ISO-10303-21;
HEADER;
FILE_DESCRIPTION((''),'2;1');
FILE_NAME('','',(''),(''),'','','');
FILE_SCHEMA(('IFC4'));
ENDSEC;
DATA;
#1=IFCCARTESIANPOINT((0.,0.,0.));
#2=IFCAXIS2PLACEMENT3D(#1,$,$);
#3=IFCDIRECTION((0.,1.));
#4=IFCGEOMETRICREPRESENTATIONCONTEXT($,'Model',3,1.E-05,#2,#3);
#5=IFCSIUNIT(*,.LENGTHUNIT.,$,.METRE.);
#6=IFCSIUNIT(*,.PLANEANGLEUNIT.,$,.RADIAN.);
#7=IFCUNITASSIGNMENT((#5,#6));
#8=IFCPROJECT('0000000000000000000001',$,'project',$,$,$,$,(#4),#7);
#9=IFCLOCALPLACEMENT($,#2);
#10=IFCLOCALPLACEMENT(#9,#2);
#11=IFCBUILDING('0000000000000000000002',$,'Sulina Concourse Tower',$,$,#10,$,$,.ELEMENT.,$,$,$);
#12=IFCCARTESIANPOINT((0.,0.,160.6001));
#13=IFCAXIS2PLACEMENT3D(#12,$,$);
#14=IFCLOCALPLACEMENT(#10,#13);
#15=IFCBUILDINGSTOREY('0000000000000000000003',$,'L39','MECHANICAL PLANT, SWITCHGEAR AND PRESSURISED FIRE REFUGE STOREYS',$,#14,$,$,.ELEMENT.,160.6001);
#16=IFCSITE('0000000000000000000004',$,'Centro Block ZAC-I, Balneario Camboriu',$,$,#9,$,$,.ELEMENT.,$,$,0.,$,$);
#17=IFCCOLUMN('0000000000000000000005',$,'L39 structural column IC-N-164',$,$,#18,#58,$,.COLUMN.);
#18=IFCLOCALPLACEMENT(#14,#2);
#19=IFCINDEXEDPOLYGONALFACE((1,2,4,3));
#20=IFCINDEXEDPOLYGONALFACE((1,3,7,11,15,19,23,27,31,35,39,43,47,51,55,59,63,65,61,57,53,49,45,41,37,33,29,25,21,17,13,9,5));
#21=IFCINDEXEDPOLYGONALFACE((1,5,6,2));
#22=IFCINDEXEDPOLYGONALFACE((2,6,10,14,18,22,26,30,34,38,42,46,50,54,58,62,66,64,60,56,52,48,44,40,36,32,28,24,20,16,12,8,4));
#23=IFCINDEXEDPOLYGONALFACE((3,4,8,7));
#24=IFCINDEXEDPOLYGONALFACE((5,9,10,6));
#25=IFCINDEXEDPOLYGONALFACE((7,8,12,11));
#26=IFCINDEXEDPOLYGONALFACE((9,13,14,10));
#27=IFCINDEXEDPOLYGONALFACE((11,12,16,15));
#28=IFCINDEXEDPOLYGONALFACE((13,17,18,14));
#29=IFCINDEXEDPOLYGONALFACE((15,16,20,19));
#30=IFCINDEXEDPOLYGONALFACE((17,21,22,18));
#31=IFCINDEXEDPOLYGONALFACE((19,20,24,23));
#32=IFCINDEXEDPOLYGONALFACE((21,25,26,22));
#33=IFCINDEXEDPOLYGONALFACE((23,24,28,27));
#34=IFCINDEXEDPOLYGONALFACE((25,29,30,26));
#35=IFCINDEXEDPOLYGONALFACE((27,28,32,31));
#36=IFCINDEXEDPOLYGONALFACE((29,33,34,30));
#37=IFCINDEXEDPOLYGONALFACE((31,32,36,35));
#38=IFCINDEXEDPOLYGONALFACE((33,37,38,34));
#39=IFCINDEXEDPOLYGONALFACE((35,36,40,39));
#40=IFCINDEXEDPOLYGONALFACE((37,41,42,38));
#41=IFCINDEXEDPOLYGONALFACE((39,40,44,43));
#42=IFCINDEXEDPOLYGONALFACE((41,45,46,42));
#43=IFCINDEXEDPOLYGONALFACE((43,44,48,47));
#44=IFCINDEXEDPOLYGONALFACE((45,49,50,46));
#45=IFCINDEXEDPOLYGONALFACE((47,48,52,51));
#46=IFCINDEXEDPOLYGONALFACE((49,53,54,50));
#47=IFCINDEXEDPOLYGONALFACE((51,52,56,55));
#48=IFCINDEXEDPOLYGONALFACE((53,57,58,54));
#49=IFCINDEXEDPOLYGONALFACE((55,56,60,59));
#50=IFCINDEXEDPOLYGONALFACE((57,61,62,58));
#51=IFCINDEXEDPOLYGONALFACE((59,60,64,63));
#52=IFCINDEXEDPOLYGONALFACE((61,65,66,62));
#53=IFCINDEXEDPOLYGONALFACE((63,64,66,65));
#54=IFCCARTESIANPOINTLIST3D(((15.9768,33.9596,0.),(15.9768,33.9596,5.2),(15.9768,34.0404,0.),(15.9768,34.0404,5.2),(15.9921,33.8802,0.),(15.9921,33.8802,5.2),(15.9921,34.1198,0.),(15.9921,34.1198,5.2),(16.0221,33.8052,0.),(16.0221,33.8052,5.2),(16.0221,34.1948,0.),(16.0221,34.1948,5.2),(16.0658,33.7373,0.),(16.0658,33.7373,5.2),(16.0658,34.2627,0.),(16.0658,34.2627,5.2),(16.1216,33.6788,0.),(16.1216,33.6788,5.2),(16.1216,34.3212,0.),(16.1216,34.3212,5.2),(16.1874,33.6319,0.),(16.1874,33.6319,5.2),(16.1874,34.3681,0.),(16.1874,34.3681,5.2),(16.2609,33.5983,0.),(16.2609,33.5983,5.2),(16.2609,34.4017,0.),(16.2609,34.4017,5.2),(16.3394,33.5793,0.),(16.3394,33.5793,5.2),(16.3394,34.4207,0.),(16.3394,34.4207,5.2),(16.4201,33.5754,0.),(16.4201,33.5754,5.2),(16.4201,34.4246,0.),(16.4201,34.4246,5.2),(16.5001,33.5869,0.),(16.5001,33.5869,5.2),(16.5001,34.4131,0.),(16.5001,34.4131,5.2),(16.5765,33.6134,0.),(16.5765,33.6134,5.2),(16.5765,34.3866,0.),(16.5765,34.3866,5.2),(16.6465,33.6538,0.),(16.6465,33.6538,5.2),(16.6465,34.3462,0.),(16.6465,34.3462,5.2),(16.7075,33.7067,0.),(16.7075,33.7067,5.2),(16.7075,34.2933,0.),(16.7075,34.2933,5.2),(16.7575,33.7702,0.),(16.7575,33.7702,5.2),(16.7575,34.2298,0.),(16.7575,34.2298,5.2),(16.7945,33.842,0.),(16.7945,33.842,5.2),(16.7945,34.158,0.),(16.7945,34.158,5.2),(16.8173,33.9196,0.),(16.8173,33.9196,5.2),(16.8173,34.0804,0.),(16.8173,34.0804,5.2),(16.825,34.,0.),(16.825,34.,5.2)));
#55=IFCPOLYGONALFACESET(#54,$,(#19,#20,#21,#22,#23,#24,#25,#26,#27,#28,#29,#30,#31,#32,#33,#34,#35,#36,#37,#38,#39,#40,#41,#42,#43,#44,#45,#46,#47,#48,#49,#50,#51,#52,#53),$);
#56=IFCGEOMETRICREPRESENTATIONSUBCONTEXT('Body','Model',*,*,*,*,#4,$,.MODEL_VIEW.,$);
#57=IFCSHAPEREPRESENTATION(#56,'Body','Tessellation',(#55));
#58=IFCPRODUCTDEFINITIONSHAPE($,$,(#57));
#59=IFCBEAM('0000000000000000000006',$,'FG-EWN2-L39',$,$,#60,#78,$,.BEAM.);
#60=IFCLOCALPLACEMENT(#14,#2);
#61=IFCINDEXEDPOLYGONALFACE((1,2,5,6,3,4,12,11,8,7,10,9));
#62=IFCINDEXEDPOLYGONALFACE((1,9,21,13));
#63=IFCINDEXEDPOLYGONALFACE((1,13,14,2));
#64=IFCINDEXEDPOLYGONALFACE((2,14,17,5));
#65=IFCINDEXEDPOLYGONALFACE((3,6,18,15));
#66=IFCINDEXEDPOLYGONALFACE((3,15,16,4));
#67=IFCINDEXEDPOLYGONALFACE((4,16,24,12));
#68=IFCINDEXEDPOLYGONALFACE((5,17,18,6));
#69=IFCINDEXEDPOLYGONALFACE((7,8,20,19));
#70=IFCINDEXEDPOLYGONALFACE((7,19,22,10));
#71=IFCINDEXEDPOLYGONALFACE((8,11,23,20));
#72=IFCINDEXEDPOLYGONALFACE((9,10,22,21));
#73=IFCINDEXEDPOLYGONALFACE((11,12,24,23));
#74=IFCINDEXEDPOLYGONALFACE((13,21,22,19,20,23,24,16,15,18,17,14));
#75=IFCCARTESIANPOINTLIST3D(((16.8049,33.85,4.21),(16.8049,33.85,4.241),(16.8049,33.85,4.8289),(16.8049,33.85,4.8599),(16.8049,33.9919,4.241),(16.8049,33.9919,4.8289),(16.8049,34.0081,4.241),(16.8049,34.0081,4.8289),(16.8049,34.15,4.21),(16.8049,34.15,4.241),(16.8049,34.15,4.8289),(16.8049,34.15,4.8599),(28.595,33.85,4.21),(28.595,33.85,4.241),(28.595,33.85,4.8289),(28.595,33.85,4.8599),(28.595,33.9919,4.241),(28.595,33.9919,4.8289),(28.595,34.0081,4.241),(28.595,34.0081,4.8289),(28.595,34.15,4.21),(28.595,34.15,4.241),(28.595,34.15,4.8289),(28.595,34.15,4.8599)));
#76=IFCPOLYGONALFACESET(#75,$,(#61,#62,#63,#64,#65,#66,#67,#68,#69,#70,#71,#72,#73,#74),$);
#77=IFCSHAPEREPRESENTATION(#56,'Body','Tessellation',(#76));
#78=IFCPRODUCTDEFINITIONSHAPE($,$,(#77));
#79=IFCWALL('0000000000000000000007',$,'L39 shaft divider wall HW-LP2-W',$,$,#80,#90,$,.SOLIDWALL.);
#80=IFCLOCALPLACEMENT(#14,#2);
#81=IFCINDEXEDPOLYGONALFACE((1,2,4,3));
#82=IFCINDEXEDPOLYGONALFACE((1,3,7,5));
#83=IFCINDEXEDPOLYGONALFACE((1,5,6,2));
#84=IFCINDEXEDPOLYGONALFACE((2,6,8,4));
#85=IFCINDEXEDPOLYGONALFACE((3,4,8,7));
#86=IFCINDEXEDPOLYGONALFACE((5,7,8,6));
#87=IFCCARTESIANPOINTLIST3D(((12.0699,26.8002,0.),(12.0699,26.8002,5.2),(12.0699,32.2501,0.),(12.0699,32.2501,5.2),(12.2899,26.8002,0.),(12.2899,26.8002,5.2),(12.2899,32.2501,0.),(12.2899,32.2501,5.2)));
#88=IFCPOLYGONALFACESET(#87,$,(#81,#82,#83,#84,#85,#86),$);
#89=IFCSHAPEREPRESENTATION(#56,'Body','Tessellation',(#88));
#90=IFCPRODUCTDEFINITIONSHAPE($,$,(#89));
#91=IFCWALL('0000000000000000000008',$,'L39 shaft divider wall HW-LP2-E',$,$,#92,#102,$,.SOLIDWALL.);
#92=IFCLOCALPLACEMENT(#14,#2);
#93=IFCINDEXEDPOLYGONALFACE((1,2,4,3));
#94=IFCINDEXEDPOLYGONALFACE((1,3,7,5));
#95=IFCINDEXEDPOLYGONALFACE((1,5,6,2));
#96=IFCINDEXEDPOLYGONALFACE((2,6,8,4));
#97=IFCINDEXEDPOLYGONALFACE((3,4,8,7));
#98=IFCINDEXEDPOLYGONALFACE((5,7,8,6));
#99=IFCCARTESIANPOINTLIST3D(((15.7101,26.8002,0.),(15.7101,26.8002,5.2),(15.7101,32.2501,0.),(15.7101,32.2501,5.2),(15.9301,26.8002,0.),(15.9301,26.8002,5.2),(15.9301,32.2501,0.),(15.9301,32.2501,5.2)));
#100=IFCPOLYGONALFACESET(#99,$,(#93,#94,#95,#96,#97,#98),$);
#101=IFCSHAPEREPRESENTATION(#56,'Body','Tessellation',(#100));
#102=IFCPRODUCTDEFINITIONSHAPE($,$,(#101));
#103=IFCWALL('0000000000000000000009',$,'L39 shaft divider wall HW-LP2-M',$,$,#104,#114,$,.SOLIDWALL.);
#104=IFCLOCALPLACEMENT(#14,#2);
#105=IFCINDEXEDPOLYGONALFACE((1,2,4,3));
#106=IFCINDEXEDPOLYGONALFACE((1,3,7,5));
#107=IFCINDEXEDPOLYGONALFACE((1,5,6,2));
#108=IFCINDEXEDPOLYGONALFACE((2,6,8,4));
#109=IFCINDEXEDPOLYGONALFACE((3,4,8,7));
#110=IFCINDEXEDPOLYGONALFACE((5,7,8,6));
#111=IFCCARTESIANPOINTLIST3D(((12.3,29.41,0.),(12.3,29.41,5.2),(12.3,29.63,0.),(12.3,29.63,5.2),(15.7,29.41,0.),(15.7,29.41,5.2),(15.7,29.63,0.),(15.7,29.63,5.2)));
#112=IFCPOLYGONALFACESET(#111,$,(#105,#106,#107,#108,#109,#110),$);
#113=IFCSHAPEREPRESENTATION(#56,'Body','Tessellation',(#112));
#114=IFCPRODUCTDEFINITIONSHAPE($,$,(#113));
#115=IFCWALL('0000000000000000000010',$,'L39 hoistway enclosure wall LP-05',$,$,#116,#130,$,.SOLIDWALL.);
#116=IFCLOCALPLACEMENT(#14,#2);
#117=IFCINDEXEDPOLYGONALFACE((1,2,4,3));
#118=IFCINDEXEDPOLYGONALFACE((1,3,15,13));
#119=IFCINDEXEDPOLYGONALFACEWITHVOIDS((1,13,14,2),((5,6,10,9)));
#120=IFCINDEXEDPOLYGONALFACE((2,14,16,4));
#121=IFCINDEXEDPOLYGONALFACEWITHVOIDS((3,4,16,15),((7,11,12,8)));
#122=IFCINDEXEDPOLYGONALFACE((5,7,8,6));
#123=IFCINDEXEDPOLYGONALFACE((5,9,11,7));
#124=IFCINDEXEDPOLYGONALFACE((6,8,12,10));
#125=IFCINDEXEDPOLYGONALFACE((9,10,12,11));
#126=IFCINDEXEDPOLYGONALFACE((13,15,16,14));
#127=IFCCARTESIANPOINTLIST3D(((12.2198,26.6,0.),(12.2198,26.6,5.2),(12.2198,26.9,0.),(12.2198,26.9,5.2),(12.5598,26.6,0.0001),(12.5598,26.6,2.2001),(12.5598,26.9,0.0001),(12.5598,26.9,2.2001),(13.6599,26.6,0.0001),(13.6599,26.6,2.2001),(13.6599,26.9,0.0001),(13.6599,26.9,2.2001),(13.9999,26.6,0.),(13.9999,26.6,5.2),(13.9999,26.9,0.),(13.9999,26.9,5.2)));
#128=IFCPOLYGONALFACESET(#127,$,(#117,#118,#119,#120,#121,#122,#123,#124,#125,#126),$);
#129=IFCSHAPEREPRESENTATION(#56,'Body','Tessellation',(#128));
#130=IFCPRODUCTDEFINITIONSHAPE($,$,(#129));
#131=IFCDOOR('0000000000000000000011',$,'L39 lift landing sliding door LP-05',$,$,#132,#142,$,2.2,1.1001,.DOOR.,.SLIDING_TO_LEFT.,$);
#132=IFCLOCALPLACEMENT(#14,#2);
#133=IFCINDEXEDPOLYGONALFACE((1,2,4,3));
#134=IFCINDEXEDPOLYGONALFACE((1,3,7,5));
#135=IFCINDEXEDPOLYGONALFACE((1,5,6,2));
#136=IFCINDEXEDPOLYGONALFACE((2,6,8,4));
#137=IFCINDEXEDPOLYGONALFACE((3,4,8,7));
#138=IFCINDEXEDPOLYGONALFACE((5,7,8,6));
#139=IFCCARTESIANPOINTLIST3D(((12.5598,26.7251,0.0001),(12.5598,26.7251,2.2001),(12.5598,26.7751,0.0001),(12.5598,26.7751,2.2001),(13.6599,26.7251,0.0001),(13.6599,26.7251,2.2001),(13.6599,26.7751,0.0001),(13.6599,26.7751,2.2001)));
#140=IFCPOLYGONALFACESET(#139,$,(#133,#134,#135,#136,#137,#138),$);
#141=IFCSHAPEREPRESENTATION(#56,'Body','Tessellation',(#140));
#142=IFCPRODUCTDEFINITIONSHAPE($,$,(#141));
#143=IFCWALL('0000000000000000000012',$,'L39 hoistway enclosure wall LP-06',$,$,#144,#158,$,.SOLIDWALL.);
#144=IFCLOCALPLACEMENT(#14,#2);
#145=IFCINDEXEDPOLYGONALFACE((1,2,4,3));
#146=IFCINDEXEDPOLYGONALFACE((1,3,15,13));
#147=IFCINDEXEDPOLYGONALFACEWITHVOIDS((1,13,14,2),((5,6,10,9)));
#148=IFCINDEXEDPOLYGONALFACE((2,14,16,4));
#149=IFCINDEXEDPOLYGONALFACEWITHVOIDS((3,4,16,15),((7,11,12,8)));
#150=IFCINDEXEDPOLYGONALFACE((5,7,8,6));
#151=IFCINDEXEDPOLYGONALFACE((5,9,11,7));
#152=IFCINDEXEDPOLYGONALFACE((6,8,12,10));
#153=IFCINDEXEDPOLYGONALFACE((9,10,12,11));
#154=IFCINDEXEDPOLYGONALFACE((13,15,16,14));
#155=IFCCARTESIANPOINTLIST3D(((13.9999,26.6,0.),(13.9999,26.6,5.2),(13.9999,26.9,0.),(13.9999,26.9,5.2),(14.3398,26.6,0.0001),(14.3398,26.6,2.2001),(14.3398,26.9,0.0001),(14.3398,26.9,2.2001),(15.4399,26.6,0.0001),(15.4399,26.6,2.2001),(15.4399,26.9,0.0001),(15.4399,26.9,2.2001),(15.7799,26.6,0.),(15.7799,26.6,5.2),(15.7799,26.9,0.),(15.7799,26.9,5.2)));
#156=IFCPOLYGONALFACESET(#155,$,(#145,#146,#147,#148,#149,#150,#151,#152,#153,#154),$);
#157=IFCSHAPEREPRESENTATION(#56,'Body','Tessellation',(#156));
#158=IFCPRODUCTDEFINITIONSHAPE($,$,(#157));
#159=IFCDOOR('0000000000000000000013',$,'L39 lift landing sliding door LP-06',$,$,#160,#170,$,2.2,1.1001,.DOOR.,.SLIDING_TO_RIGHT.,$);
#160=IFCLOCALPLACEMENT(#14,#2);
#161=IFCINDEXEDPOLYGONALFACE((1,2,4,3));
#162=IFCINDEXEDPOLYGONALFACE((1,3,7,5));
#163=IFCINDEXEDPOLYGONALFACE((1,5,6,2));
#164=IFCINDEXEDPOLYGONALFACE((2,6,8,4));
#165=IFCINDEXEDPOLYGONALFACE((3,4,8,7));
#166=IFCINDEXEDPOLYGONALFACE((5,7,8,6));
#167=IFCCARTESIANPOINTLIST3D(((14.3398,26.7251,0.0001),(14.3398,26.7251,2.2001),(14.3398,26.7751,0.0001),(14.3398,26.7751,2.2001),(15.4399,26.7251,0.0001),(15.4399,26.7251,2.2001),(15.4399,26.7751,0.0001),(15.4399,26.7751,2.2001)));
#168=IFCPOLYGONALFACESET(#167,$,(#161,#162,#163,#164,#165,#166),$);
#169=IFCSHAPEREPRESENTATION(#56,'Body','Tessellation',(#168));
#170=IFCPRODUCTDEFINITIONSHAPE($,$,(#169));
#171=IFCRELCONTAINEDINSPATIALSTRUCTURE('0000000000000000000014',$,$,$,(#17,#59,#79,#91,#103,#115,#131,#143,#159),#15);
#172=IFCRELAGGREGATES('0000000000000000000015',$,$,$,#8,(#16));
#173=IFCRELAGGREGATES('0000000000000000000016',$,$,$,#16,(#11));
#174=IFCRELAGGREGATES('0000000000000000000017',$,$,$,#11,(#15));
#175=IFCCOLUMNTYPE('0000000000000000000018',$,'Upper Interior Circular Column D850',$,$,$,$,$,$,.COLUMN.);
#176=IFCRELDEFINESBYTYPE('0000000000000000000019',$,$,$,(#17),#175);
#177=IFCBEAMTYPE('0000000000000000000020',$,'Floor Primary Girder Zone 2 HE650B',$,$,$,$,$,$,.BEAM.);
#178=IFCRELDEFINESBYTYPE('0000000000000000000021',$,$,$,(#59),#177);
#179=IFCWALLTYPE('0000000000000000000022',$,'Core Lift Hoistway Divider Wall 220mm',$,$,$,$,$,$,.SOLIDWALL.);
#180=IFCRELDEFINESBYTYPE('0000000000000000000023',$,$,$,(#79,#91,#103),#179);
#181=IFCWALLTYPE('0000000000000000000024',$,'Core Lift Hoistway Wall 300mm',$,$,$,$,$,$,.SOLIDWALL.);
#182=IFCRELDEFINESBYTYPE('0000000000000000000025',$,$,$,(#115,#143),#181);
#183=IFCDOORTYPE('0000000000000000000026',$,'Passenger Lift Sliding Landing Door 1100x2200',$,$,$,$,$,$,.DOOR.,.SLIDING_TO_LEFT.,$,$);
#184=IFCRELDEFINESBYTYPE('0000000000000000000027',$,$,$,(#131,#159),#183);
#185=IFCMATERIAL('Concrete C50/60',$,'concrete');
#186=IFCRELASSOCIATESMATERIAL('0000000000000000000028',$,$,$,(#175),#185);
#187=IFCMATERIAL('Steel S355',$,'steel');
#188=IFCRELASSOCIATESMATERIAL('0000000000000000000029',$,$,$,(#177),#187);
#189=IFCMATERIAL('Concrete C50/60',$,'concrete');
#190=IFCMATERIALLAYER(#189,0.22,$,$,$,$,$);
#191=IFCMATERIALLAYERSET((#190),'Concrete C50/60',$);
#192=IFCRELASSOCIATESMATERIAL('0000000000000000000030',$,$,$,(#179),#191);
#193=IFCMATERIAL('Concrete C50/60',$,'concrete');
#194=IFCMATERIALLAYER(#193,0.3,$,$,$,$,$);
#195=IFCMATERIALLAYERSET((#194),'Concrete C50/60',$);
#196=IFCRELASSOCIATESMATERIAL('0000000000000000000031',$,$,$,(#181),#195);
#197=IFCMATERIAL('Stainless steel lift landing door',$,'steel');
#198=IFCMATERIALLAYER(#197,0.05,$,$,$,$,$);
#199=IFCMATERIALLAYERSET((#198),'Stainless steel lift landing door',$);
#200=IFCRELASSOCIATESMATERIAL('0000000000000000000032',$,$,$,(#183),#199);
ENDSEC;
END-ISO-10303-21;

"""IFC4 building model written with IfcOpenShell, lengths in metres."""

from ifc_helpers import new_model, si_unit, direction, frame, frame_2d, origin, origin_2d, place, context, subcontext, project, spatial, rectangle, circle, i_section, extrude, material, layer, layer_set, material_profile, profile_set, type_object, element, fill, save


model = new_model("IFC4")

# Units and contexts
model_context = context("Model", 3, precision=1e-05, world=origin(), true_north=direction((0.0, 1.0)))
body_context = subcontext(model_context, "Body", "Model", "MODEL_VIEW")
ifc_project = project(units=[si_unit("LENGTHUNIT", "METRE"), si_unit("PLANEANGLEUNIT", "RADIAN")], contexts=[model_context])

# Site, building, storey
site_placement = place(None, origin())
site = spatial("IfcSite", under=ifc_project, at=site_placement, Name="Centro Block ZAC-I, Balneario Camboriu", CompositionType="ELEMENT", RefElevation=0.0)
building_placement = place(site_placement, origin())
building = spatial("IfcBuilding", under=site, at=building_placement, Name="Sulina Concourse Tower", CompositionType="ELEMENT")
storey_placement = place(building_placement, frame((0.0, 0.0, 160.6001)))
storey = spatial("IfcBuildingStorey", under=building, at=storey_placement, Name="L39", Description="MECHANICAL PLANT, SWITCHGEAR AND PRESSURISED FIRE REFUGE STOREYS", CompositionType="ELEMENT", Elevation=160.6001)

# Column
ifc_material_1 = material(Name="Concrete C50/60", Category="concrete")
ifc_material_profile_1 = material_profile(ifc_material_1, circle(Radius=0.425, at=origin_2d()), Name="RC D850")
ifc_profile_set_1 = profile_set([ifc_material_profile_1], Name="Concrete C50/60")
column_type = type_object("IfcColumnType", Name="Upper Interior Circular Column D850", PredefinedType="COLUMN", material=ifc_profile_set_1)
column_placement = place(storey_placement, frame((16.3999, 34.0, 0.0), z_axis=(0.0, 0.0, 1.0), x_axis=(1.0, 0.0, 0.0)))
element("IfcColumn", 1, at=column_placement, inside=storey, type_object=column_type, Name="L39 structural column IC-N-164", PredefinedType="COLUMN", context=body_context, shape_type="SweptSolid", body=[
    extrude(circle(Radius=0.425, at=origin_2d()), origin(), (0.0, 0.0, 1.0), 5.2),
])

# Beam
ifc_material_2 = material(Name="Steel S355", Category="steel")
ifc_material_profile_2 = material_profile(ifc_material_2, i_section(OverallWidth=0.3, OverallDepth=0.6499, WebThickness=0.0161, FlangeThickness=0.031, at=origin_2d()), Name="HE 650 B")
ifc_profile_set_2 = profile_set([ifc_material_profile_2], Name="Steel S355")
beam_type = type_object("IfcBeamType", Name="Floor Primary Girder Zone 2 HE650B", PredefinedType="BEAM", material=ifc_profile_set_2)
beam_placement = place(storey_placement, frame((16.8049, 34.0, 4.5349), z_axis=(1.0, 0.0, 0.0), x_axis=(0.0, 1.0, 0.0)))
element("IfcBeam", 2, at=beam_placement, inside=storey, type_object=beam_type, Name="FG-EWN2-L39", PredefinedType="BEAM", context=body_context, shape_type="SweptSolid", body=[
    extrude(i_section(OverallWidth=0.3, OverallDepth=0.6499, WebThickness=0.0161, FlangeThickness=0.031, at=origin_2d()), origin(), (0.0, 0.0, 1.0), 11.79),
])

# Walls
ifc_material_3 = material(Name="Concrete C50/60", Category="concrete")
ifc_layer_1 = layer(ifc_material_3, 0.22)
ifc_layer_set_1 = layer_set([ifc_layer_1], Name="Concrete C50/60")
wall_type_1 = type_object("IfcWallType", Name="Core Lift Hoistway Divider Wall 220mm", PredefinedType="SOLIDWALL", material=ifc_layer_set_1)
for number, where, z_axis, x_axis, name in (
    (3, (12.1799, 26.8, 0.0), (0.0, 0.0, 1.0), (0.0, 1.0, 0.0), "L39 shaft divider wall HW-LP2-W"),
    (4, (15.8201, 26.8, 0.0), (0.0, 0.0, 1.0), (0.0, 1.0, 0.0), "L39 shaft divider wall HW-LP2-E"),
):
    element("IfcWall", number, at=place(storey_placement, frame(where, z_axis=z_axis, x_axis=x_axis)), inside=storey, type_object=wall_type_1, Name=name, PredefinedType="SOLIDWALL", context=body_context, shape_type="SweptSolid", body=[
        extrude(rectangle(XDim=5.45, YDim=0.22, at=frame_2d((2.7251, 0.0))), origin(), (0.0, 0.0, 1.0), 5.2),
    ])
wall_1_placement = place(storey_placement, frame((12.3, 29.52, 0.0), z_axis=(0.0, 0.0, 1.0), x_axis=(1.0, 0.0, 0.0)))
element("IfcWall", 5, at=wall_1_placement, inside=storey, type_object=wall_type_1, Name="L39 shaft divider wall HW-LP2-M", PredefinedType="SOLIDWALL", context=body_context, shape_type="SweptSolid", body=[
    extrude(rectangle(XDim=3.3999, YDim=0.22, at=frame_2d((1.7, 0.0))), origin(), (0.0, 0.0, 1.0), 5.2),
])

# Walls, openings, doors
ifc_material_4 = material(Name="Concrete C50/60", Category="concrete")
ifc_layer_2 = layer(ifc_material_4, 0.3)
ifc_layer_set_2 = layer_set([ifc_layer_2], Name="Concrete C50/60")
wall_type_2 = type_object("IfcWallType", Name="Core Lift Hoistway Wall 300mm", PredefinedType="SOLIDWALL", material=ifc_layer_set_2)
wall_2_placement = place(storey_placement, frame((14.0, 26.75, 0.0), z_axis=(0.0, 0.0, 1.0), x_axis=(-1.0, 0.0, 0.0)))
wall_2 = element("IfcWall", 6, at=wall_2_placement, inside=storey, type_object=wall_type_2, Name="L39 hoistway enclosure wall LP-05", PredefinedType="SOLIDWALL", context=body_context, shape_type="SweptSolid", body=[
    extrude(rectangle(XDim=1.78, YDim=0.3, at=frame_2d((0.8901, 0.0))), origin(), (0.0, 0.0, 1.0), 5.2),
])
opening_1_placement = place(wall_2_placement, frame((0.3401, 0.0, 0.0)))
opening_1 = element("IfcOpeningElement", 7, at=opening_1_placement, cuts=wall_2, PredefinedType="OPENING", context=body_context, shape_type="SweptSolid", body=[
    extrude(rectangle(XDim=1.1001, YDim=2.2, at=frame_2d((0.55, 1.1001))), frame((0.0, 0.1599, 0.0), z_axis=(0.0, -1.0, 0.0), x_axis=(1.0, 0.0, 0.0)), (0.0, 0.0, 1.0), 0.3201),
])
ifc_material_5 = material(Name="Stainless steel lift landing door", Category="steel")
ifc_layer_3 = layer(ifc_material_5, 0.05)
ifc_layer_set_3 = layer_set([ifc_layer_3], Name="Stainless steel lift landing door")
door_type_1 = type_object("IfcDoorType", Name="Passenger Lift Sliding Landing Door 1100x2200", OperationType="SLIDING_TO_LEFT", PredefinedType="DOOR", material=ifc_layer_set_3)
door_1_placement = place(opening_1_placement, origin())
door_1 = element("IfcDoor", 8, at=door_1_placement, inside=storey, type_object=door_type_1, Name="L39 lift landing sliding door LP-05", OperationType="SLIDING_TO_LEFT", OverallHeight=2.2, OverallWidth=1.1001, PredefinedType="DOOR", context=body_context, shape_type="SweptSolid", body=[
    extrude(rectangle(XDim=1.1001, YDim=2.2, at=frame_2d((0.55, 1.1001))), frame((0.0, 0.0249, 0.0), z_axis=(0.0, -1.0, 0.0), x_axis=(1.0, 0.0, 0.0)), (0.0, 0.0, 1.0), 0.05),
])
fill(opening_1, door_1)
wall_3_placement = place(storey_placement, frame((15.78, 26.75, 0.0), z_axis=(0.0, 0.0, 1.0), x_axis=(-1.0, 0.0, 0.0)))
wall_3 = element("IfcWall", 9, at=wall_3_placement, inside=storey, type_object=wall_type_2, Name="L39 hoistway enclosure wall LP-06", PredefinedType="SOLIDWALL", context=body_context, shape_type="SweptSolid", body=[
    extrude(rectangle(XDim=1.78, YDim=0.3, at=frame_2d((0.8901, 0.0))), origin(), (0.0, 0.0, 1.0), 5.2),
])
opening_2_placement = place(wall_3_placement, frame((0.3401, 0.0, 0.0)))
opening_2 = element("IfcOpeningElement", 10, at=opening_2_placement, cuts=wall_3, PredefinedType="OPENING", context=body_context, shape_type="SweptSolid", body=[
    extrude(rectangle(XDim=1.1001, YDim=2.2, at=frame_2d((0.55, 1.1001))), frame((0.0, 0.1599, 0.0), z_axis=(0.0, -1.0, 0.0), x_axis=(1.0, 0.0, 0.0)), (0.0, 0.0, 1.0), 0.3201),
])
door_2_placement = place(opening_2_placement, origin())
door_2 = element("IfcDoor", 11, at=door_2_placement, inside=storey, type_object=door_type_1, Name="L39 lift landing sliding door LP-06", OperationType="SLIDING_TO_RIGHT", OverallHeight=2.2, OverallWidth=1.1001, PredefinedType="DOOR", context=body_context, shape_type="SweptSolid", body=[
    extrude(rectangle(XDim=1.1001, YDim=2.2, at=frame_2d((0.55, 1.1001))), frame((0.0, 0.0249, 0.0), z_axis=(0.0, -1.0, 0.0), x_axis=(1.0, 0.0, 0.0)), (0.0, 0.0, 1.0), 0.05),
])
fill(opening_2, door_2)

save(model, "model.ifc")
